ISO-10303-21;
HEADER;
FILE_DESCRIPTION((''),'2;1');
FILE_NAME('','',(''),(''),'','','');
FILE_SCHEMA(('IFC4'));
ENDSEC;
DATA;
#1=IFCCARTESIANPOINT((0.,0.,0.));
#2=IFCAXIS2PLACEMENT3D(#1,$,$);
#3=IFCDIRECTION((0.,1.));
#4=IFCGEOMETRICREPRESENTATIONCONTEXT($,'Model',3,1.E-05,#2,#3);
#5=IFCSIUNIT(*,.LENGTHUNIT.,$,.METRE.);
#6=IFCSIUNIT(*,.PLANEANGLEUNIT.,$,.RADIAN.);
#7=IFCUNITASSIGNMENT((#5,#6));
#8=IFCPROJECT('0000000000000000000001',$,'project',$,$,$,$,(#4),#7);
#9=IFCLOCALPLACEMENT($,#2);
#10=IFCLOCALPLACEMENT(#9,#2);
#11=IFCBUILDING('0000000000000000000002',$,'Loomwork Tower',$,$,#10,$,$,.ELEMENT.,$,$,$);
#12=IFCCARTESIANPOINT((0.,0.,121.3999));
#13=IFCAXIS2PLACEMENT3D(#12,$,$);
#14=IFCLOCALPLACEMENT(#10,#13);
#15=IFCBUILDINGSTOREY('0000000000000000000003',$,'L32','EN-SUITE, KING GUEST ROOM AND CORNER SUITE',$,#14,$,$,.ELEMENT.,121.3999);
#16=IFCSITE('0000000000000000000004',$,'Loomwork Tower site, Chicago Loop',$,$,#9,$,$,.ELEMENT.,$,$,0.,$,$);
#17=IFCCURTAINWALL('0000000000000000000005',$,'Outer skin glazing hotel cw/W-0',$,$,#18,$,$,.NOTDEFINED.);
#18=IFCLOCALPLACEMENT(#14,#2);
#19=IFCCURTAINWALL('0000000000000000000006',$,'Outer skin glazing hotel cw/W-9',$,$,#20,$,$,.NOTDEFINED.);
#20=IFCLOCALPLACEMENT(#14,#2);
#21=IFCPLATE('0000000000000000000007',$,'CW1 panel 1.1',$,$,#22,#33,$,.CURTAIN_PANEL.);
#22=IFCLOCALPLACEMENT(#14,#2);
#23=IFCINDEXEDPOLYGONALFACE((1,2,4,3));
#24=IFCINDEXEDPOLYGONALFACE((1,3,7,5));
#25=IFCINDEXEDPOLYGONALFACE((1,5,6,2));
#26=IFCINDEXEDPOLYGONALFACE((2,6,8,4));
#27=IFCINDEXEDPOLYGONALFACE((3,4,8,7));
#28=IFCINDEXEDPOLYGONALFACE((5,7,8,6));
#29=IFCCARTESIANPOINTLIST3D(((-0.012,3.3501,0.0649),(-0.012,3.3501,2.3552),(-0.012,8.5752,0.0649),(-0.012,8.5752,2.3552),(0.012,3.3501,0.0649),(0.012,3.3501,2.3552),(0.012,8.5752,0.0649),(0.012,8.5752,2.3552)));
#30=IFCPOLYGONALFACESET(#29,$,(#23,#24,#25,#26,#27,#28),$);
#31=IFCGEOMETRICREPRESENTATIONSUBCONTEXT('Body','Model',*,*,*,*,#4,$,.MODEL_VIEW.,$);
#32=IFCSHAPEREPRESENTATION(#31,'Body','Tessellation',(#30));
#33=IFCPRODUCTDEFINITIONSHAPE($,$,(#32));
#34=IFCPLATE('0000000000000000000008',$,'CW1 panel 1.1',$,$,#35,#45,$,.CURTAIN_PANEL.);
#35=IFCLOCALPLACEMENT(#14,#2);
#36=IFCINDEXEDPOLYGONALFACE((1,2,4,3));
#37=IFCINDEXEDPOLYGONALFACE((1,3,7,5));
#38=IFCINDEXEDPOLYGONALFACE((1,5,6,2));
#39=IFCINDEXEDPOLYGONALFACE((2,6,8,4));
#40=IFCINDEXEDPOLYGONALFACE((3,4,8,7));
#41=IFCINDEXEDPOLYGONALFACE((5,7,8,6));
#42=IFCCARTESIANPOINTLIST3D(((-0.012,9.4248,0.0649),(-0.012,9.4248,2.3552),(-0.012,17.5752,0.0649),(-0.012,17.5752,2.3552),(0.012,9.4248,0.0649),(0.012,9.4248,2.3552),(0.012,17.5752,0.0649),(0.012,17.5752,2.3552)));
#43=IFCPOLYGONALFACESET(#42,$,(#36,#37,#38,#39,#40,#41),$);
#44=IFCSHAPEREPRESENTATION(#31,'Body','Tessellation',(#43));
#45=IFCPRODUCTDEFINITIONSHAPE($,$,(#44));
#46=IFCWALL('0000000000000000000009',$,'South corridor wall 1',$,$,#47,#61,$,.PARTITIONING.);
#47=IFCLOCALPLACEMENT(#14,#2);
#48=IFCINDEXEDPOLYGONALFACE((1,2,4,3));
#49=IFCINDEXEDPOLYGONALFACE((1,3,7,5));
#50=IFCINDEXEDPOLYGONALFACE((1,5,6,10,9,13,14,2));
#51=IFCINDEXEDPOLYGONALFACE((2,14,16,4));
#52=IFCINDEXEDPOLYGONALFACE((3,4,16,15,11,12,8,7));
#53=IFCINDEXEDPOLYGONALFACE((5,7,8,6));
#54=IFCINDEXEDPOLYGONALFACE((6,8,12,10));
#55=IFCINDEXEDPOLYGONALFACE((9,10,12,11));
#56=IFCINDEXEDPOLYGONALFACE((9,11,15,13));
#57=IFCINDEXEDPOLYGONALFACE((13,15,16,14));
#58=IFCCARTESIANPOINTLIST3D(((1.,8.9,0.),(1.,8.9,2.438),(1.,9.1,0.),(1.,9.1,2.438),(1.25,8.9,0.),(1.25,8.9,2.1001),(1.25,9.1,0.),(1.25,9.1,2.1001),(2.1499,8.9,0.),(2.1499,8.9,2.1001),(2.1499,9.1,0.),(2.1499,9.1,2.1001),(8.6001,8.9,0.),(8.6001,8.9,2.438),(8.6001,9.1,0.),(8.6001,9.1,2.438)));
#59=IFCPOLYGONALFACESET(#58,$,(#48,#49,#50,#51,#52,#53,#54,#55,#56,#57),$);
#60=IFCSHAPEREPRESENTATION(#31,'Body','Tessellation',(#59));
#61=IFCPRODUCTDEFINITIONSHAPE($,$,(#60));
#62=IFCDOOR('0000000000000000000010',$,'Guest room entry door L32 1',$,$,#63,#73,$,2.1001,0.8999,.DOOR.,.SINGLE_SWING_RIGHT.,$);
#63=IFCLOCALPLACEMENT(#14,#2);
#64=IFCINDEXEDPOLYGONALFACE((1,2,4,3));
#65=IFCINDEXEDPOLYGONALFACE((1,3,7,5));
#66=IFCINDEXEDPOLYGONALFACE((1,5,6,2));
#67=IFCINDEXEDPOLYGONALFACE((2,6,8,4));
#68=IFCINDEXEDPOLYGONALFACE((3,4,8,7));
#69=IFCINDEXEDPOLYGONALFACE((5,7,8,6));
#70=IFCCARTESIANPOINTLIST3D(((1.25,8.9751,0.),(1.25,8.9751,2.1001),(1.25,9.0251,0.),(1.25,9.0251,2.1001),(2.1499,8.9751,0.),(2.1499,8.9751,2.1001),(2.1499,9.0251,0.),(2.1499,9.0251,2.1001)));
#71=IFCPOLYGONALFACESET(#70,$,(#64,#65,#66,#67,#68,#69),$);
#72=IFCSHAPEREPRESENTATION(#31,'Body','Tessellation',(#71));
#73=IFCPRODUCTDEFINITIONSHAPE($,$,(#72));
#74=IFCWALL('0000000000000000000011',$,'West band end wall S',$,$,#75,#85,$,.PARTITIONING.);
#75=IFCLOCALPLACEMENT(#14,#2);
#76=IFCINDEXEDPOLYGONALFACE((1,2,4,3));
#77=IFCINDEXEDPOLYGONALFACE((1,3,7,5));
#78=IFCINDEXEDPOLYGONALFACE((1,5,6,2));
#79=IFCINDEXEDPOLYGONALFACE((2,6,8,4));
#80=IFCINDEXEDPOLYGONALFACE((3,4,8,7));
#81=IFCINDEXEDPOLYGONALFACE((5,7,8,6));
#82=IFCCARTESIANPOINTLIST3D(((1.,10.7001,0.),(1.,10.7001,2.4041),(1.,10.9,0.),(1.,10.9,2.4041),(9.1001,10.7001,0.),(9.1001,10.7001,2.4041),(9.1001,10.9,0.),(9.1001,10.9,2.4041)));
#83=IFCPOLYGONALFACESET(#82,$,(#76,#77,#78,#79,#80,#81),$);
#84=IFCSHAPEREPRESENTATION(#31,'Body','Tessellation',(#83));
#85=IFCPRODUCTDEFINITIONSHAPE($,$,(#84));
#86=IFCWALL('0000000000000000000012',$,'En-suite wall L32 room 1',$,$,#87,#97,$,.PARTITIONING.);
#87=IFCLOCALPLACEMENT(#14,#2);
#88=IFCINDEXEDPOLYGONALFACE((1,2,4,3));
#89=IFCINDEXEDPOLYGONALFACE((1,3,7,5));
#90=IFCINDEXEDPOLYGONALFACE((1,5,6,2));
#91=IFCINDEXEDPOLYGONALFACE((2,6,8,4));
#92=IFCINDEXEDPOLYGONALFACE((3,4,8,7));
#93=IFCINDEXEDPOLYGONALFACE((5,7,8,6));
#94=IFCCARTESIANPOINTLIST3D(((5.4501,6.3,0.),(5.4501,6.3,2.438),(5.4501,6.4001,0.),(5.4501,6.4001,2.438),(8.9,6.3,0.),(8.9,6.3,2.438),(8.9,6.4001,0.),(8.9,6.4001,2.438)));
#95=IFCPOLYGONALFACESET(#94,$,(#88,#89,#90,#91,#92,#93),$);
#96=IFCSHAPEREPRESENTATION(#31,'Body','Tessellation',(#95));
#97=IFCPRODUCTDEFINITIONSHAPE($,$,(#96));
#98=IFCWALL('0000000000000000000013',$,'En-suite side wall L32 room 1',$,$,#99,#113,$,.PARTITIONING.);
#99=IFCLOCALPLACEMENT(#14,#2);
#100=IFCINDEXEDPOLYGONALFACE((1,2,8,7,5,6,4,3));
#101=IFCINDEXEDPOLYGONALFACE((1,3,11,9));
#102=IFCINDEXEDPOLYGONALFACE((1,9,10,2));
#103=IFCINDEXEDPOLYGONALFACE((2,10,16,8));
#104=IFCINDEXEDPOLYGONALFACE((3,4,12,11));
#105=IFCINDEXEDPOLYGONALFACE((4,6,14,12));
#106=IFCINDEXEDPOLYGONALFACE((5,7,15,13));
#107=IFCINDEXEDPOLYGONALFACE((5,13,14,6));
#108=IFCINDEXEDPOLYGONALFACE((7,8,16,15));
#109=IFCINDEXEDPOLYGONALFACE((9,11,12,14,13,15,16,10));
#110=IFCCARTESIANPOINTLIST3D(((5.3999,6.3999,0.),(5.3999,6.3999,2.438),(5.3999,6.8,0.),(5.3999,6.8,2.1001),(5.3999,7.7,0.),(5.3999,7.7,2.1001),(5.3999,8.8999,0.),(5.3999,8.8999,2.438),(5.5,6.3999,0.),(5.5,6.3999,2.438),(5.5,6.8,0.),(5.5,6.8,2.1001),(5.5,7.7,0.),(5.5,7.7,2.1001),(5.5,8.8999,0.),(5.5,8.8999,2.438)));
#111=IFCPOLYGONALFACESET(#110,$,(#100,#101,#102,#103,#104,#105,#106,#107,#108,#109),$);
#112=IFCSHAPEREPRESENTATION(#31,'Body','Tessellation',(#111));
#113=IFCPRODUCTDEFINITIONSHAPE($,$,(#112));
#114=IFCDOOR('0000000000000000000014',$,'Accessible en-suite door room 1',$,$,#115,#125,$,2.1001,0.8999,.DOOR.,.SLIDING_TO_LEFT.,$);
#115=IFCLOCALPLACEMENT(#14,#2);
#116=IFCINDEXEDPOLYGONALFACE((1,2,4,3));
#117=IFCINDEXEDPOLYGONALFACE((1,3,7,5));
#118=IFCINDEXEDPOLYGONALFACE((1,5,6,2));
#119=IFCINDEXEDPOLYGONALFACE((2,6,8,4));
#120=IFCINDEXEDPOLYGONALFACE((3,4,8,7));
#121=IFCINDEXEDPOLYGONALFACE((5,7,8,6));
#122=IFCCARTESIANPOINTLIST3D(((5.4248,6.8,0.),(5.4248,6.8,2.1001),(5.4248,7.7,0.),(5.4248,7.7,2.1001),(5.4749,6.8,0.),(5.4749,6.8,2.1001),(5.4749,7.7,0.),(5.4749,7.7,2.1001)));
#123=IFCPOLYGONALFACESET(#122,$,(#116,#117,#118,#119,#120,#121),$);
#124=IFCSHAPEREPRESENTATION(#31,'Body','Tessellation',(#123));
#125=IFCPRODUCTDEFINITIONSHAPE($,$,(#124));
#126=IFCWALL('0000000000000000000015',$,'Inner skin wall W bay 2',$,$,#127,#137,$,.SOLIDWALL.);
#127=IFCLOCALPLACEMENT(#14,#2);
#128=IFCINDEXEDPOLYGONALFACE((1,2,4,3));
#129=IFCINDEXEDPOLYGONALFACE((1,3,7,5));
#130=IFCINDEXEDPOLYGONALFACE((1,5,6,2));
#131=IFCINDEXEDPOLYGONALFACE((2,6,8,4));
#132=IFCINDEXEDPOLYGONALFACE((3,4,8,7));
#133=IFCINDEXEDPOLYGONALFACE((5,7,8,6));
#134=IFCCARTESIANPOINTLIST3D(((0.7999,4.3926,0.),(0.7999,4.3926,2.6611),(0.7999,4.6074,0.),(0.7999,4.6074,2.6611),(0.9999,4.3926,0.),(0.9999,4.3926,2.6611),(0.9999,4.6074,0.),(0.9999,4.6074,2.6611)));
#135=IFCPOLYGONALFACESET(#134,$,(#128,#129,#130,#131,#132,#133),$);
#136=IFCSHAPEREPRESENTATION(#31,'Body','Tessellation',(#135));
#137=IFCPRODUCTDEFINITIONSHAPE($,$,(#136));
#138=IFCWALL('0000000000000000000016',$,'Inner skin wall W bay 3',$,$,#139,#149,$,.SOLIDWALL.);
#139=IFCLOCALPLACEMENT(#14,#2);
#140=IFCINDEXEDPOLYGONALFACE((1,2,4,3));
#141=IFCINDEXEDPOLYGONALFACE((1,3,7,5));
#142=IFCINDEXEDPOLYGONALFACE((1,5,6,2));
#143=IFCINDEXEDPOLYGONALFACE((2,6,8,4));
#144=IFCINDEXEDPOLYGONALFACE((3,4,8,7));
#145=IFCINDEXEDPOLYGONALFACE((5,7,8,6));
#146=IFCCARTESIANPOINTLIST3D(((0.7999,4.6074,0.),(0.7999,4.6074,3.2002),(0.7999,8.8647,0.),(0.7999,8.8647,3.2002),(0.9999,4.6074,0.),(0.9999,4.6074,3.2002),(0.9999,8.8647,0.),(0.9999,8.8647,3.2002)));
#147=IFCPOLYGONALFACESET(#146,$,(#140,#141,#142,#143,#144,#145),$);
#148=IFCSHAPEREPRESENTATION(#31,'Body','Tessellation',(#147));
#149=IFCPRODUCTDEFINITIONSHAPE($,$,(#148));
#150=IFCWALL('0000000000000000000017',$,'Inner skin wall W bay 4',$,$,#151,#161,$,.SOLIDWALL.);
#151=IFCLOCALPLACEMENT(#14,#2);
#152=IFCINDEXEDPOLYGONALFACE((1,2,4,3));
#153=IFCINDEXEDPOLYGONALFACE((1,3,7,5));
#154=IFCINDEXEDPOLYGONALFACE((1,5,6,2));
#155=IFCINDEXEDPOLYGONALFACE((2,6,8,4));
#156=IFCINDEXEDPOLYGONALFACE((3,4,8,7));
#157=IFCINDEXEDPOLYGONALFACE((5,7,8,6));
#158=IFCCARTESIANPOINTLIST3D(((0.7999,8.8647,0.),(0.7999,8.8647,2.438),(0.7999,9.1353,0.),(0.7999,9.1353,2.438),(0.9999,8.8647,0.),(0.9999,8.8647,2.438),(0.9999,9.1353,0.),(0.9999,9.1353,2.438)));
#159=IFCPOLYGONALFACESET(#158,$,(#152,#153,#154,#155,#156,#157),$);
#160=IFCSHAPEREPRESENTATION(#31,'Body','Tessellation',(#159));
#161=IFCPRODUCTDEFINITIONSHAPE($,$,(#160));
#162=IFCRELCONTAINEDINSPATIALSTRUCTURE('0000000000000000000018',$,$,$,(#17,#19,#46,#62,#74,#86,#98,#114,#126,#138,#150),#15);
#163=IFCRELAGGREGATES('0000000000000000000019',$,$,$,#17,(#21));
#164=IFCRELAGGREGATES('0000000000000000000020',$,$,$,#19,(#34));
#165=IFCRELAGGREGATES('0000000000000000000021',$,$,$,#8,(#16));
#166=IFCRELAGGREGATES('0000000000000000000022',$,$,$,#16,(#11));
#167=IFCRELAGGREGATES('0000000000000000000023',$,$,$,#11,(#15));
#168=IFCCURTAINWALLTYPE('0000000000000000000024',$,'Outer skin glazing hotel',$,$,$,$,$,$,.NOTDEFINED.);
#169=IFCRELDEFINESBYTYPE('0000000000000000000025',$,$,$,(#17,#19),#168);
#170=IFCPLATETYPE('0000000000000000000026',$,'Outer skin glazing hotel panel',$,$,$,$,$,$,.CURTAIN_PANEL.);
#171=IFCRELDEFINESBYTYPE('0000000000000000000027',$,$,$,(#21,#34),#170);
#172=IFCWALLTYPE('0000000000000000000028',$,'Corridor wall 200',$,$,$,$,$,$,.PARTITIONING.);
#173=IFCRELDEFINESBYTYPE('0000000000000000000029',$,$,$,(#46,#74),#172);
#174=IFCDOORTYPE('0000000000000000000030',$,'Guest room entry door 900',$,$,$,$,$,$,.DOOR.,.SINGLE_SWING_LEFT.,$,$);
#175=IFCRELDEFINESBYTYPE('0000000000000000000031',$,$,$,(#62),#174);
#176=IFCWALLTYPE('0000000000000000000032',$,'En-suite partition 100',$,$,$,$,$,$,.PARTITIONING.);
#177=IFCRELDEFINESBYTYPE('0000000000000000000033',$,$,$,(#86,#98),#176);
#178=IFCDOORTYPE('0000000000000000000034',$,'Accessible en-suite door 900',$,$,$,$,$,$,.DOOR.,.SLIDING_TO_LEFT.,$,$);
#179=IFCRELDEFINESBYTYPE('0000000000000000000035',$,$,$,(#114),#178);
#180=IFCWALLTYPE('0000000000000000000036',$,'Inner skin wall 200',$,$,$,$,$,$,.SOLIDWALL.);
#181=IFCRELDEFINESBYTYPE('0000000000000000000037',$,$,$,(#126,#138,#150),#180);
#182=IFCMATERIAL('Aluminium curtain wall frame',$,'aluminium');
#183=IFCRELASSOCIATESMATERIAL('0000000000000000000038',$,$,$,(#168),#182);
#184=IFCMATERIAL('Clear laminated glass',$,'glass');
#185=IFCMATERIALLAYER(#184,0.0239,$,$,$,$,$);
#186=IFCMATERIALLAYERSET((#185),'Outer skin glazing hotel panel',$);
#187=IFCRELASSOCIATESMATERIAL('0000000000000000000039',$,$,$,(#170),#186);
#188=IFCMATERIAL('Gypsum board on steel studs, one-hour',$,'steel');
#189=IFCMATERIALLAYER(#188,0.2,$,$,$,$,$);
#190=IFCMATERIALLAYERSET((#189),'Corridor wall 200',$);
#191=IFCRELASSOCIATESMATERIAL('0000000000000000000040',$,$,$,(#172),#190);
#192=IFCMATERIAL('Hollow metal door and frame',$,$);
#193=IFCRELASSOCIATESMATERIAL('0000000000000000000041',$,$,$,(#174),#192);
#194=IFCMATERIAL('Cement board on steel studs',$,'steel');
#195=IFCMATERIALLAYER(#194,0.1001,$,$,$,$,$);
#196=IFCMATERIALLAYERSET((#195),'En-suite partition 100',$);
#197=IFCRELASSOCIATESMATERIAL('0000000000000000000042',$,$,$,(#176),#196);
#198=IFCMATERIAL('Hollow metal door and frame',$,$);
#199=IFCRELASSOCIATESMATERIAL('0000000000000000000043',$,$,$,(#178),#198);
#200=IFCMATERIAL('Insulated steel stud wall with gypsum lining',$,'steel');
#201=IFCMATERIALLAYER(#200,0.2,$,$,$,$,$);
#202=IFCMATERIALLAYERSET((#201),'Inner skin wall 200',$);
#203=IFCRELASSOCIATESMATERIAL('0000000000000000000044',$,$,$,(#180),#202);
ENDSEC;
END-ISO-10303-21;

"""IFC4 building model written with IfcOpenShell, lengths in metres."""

from ifc_helpers import new_model, si_unit, direction, frame, frame_2d, origin, origin_2d, place, context, subcontext, project, spatial, rectangle, extrude, material, layer, layer_set, type_object, element, fill, aggregate, save


model = new_model("IFC4")

# Units and contexts
model_context = context("Model", 3, precision=1e-05, world=origin(), true_north=direction((0.0, 1.0)))
body_context = subcontext(model_context, "Body", "Model", "MODEL_VIEW")
ifc_project = project(units=[si_unit("LENGTHUNIT", "METRE"), si_unit("PLANEANGLEUNIT", "RADIAN")], contexts=[model_context])

# Site, building, storey
site_placement = place(None, origin())
site = spatial("IfcSite", under=ifc_project, at=site_placement, Name="Loomwork Tower site, Chicago Loop", CompositionType="ELEMENT", RefElevation=0.0)
building_placement = place(site_placement, origin())
building = spatial("IfcBuilding", under=site, at=building_placement, Name="Loomwork Tower", CompositionType="ELEMENT")
storey_placement = place(building_placement, frame((0.0, 0.0, 121.3999)))
storey = spatial("IfcBuildingStorey", under=building, at=storey_placement, Name="L32", Description="EN-SUITE, KING GUEST ROOM AND CORNER SUITE", CompositionType="ELEMENT", Elevation=121.3999)

# Curtain wall
ifc_material_1 = material(Name="Aluminium curtain wall frame", Category="aluminium")
curtain_wall_type = type_object("IfcCurtainWallType", Name="Outer skin glazing hotel", PredefinedType="NOTDEFINED", material=ifc_material_1)
curtain_wall_1_placement = place(storey_placement, origin())
curtain_wall_1 = element("IfcCurtainWall", 1, at=curtain_wall_1_placement, inside=storey, type_object=curtain_wall_type, Name="Outer skin glazing hotel cw/W-0", PredefinedType="NOTDEFINED")

# Curtain wall
curtain_wall_2_placement = place(storey_placement, origin())
curtain_wall_2 = element("IfcCurtainWall", 2, at=curtain_wall_2_placement, inside=storey, type_object=curtain_wall_type, Name="Outer skin glazing hotel cw/W-9", PredefinedType="NOTDEFINED")

# Plates
ifc_material_2 = material(Name="Clear laminated glass", Category="glass")
ifc_layer_1 = layer(ifc_material_2, 0.0239)
ifc_layer_set_1 = layer_set([ifc_layer_1], Name="Outer skin glazing hotel panel")
plate_type = type_object("IfcPlateType", Name="Outer skin glazing hotel panel", PredefinedType="CURTAIN_PANEL", material=ifc_layer_set_1)
plate_1_placement = place(storey_placement, frame((0.0, 5.9626, 0.0649), z_axis=(0.0, 0.0, 1.0), x_axis=(0.0, -1.0, 0.0)))
plate_1 = element("IfcPlate", 3, at=plate_1_placement, type_object=plate_type, Name="CW1 panel 1.1", PredefinedType="CURTAIN_PANEL", context=body_context, shape_type="SweptSolid", body=[
    extrude(rectangle(XDim=5.2251, YDim=0.0239, at=origin_2d()), origin(), (0.0, 0.0, 1.0), 2.2903),
])
aggregate(curtain_wall_1, [plate_1])
plate_2_placement = place(storey_placement, frame((0.0, 13.5, 0.0649), z_axis=(0.0, 0.0, 1.0), x_axis=(0.0, -1.0, 0.0)))
plate_2 = element("IfcPlate", 4, at=plate_2_placement, type_object=plate_type, Name="CW1 panel 1.1", PredefinedType="CURTAIN_PANEL", context=body_context, shape_type="SweptSolid", body=[
    extrude(rectangle(XDim=8.1504, YDim=0.0239, at=origin_2d()), origin(), (0.0, 0.0, 1.0), 2.2903),
])
aggregate(curtain_wall_2, [plate_2])

# Wall, opening, door
ifc_material_3 = material(Name="Gypsum board on steel studs, one-hour", Category="steel")
ifc_layer_2 = layer(ifc_material_3, 0.2)
ifc_layer_set_2 = layer_set([ifc_layer_2], Name="Corridor wall 200")
wall_type_1 = type_object("IfcWallType", Name="Corridor wall 200", PredefinedType="PARTITIONING", material=ifc_layer_set_2)
wall_1_placement = place(storey_placement, frame((1.0, 9.0, 0.0), z_axis=(0.0, 0.0, 1.0), x_axis=(1.0, 0.0, 0.0)))
wall_1 = element("IfcWall", 5, at=wall_1_placement, inside=storey, type_object=wall_type_1, Name="South corridor wall 1", PredefinedType="PARTITIONING", context=body_context, shape_type="SweptSolid", body=[
    extrude(rectangle(XDim=7.6001, YDim=0.2, at=frame_2d((3.8, 0.0))), origin(), (0.0, 0.0, 1.0), 2.438),
])
opening_1_placement = place(wall_1_placement, frame((0.25, 0.0, 0.0)))
opening_1 = element("IfcOpeningElement", 6, at=opening_1_placement, cuts=wall_1, PredefinedType="OPENING", context=body_context, shape_type="SweptSolid", body=[
    extrude(rectangle(XDim=0.8999, YDim=2.1001, at=frame_2d((0.45, 1.05))), frame((0.0, 0.1099, 0.0), z_axis=(0.0, -1.0, 0.0), x_axis=(1.0, 0.0, 0.0)), (0.0, 0.0, 1.0), 0.22),
])
ifc_material_4 = material(Name="Hollow metal door and frame")
door_type_1 = type_object("IfcDoorType", Name="Guest room entry door 900", OperationType="SINGLE_SWING_LEFT", PredefinedType="DOOR", material=ifc_material_4)
door_1_placement = place(opening_1_placement, frame((0.8999, 0.0, 0.0), z_axis=(0.0, 0.0, 1.0), x_axis=(-1.0, 0.0, 0.0)))
door_1 = element("IfcDoor", 7, at=door_1_placement, inside=storey, type_object=door_type_1, Name="Guest room entry door L32 1", OperationType="SINGLE_SWING_RIGHT", OverallHeight=2.1001, OverallWidth=0.8999, PredefinedType="DOOR", context=body_context, shape_type="SweptSolid", body=[
    extrude(rectangle(XDim=0.8999, YDim=2.1001, at=frame_2d((0.45, 1.05))), frame((0.0, 0.0249, 0.0), z_axis=(0.0, -1.0, 0.0), x_axis=(1.0, 0.0, 0.0)), (0.0, 0.0, 1.0), 0.05),
])
fill(opening_1, door_1)

# Walls
wall_2_placement = place(storey_placement, frame((1.0, 10.8, 0.0), z_axis=(0.0, 0.0, 1.0), x_axis=(1.0, 0.0, 0.0)))
element("IfcWall", 8, at=wall_2_placement, inside=storey, type_object=wall_type_1, Name="West band end wall S", PredefinedType="PARTITIONING", context=body_context, shape_type="SweptSolid", body=[
    extrude(rectangle(XDim=8.1001, YDim=0.2, at=frame_2d((4.05, 0.0))), origin(), (0.0, 0.0, 1.0), 2.4041),
])
ifc_material_5 = material(Name="Cement board on steel studs", Category="steel")
ifc_layer_3 = layer(ifc_material_5, 0.1001)
ifc_layer_set_3 = layer_set([ifc_layer_3], Name="En-suite partition 100")
wall_type_2 = type_object("IfcWallType", Name="En-suite partition 100", PredefinedType="PARTITIONING", material=ifc_layer_set_3)
wall_3_placement = place(storey_placement, frame((5.45, 6.3501, 0.0), z_axis=(0.0, 0.0, 1.0), x_axis=(1.0, 0.0, 0.0)))
element("IfcWall", 9, at=wall_3_placement, inside=storey, type_object=wall_type_2, Name="En-suite wall L32 room 1", PredefinedType="PARTITIONING", context=body_context, shape_type="SweptSolid", body=[
    extrude(rectangle(XDim=3.45, YDim=0.1001, at=frame_2d((1.7251, 0.0))), origin(), (0.0, 0.0, 1.0), 2.438),
])

# Wall, opening, door
wall_4_placement = place(storey_placement, frame((5.45, 8.8999, 0.0), z_axis=(0.0, 0.0, 1.0), x_axis=(0.0, -1.0, 0.0)))
wall_4 = element("IfcWall", 10, at=wall_4_placement, inside=storey, type_object=wall_type_2, Name="En-suite side wall L32 room 1", PredefinedType="PARTITIONING", context=body_context, shape_type="SweptSolid", body=[
    extrude(rectangle(XDim=2.5, YDim=0.1001, at=frame_2d((1.25, 0.0))), origin(), (0.0, 0.0, 1.0), 2.438),
])
opening_2_placement = place(wall_4_placement, frame((1.2, 0.0, 0.0)))
opening_2 = element("IfcOpeningElement", 11, at=opening_2_placement, cuts=wall_4, PredefinedType="OPENING", context=body_context, shape_type="SweptSolid", body=[
    extrude(rectangle(XDim=0.8999, YDim=2.1001, at=frame_2d((0.45, 1.05))), frame((0.0, 0.0601, 0.0), z_axis=(0.0, -1.0, 0.0), x_axis=(1.0, 0.0, 0.0)), (0.0, 0.0, 1.0), 0.1201),
])
ifc_material_6 = material(Name="Hollow metal door and frame")
door_type_2 = type_object("IfcDoorType", Name="Accessible en-suite door 900", OperationType="SLIDING_TO_LEFT", PredefinedType="DOOR", material=ifc_material_6)
door_2_placement = place(opening_2_placement, origin())
door_2 = element("IfcDoor", 12, at=door_2_placement, inside=storey, type_object=door_type_2, Name="Accessible en-suite door room 1", OperationType="SLIDING_TO_LEFT", OverallHeight=2.1001, OverallWidth=0.8999, PredefinedType="DOOR", context=body_context, shape_type="SweptSolid", body=[
    extrude(rectangle(XDim=0.8999, YDim=2.1001, at=frame_2d((0.45, 1.05))), frame((0.0, 0.0249, 0.0), z_axis=(0.0, -1.0, 0.0), x_axis=(1.0, 0.0, 0.0)), (0.0, 0.0, 1.0), 0.05),
])
fill(opening_2, door_2)

# Walls
ifc_material_7 = material(Name="Insulated steel stud wall with gypsum lining", Category="steel")
ifc_layer_4 = layer(ifc_material_7, 0.2)
ifc_layer_set_4 = layer_set([ifc_layer_4], Name="Inner skin wall 200")
wall_type_3 = type_object("IfcWallType", Name="Inner skin wall 200", PredefinedType="SOLIDWALL", material=ifc_layer_set_4)
wall_5_placement = place(storey_placement, frame((0.8999, 4.3926, 0.0), z_axis=(0.0, 0.0, 1.0), x_axis=(0.0, 1.0, 0.0)))
element("IfcWall", 13, at=wall_5_placement, inside=storey, type_object=wall_type_3, Name="Inner skin wall W bay 2", PredefinedType="SOLIDWALL", context=body_context, shape_type="SweptSolid", body=[
    extrude(rectangle(XDim=0.2148, YDim=0.2, at=frame_2d((0.1074, 0.0))), origin(), (0.0, 0.0, 1.0), 2.6611),
])
wall_6_placement = place(storey_placement, frame((0.8999, 4.6074, 0.0), z_axis=(0.0, 0.0, 1.0), x_axis=(0.0, 1.0, 0.0)))
element("IfcWall", 14, at=wall_6_placement, inside=storey, type_object=wall_type_3, Name="Inner skin wall W bay 3", PredefinedType="SOLIDWALL", context=body_context, shape_type="SweptSolid", body=[
    extrude(rectangle(XDim=4.2573, YDim=0.2, at=frame_2d((2.1287, 0.0))), origin(), (0.0, 0.0, 1.0), 3.2002),
])
wall_7_placement = place(storey_placement, frame((0.8999, 8.8647, 0.0), z_axis=(0.0, 0.0, 1.0), x_axis=(0.0, 1.0, 0.0)))
element("IfcWall", 15, at=wall_7_placement, inside=storey, type_object=wall_type_3, Name="Inner skin wall W bay 4", PredefinedType="SOLIDWALL", context=body_context, shape_type="SweptSolid", body=[
    extrude(rectangle(XDim=0.2705, YDim=0.2, at=frame_2d((0.1353, 0.0))), origin(), (0.0, 0.0, 1.0), 2.438),
])

save(model, "model.ifc")
